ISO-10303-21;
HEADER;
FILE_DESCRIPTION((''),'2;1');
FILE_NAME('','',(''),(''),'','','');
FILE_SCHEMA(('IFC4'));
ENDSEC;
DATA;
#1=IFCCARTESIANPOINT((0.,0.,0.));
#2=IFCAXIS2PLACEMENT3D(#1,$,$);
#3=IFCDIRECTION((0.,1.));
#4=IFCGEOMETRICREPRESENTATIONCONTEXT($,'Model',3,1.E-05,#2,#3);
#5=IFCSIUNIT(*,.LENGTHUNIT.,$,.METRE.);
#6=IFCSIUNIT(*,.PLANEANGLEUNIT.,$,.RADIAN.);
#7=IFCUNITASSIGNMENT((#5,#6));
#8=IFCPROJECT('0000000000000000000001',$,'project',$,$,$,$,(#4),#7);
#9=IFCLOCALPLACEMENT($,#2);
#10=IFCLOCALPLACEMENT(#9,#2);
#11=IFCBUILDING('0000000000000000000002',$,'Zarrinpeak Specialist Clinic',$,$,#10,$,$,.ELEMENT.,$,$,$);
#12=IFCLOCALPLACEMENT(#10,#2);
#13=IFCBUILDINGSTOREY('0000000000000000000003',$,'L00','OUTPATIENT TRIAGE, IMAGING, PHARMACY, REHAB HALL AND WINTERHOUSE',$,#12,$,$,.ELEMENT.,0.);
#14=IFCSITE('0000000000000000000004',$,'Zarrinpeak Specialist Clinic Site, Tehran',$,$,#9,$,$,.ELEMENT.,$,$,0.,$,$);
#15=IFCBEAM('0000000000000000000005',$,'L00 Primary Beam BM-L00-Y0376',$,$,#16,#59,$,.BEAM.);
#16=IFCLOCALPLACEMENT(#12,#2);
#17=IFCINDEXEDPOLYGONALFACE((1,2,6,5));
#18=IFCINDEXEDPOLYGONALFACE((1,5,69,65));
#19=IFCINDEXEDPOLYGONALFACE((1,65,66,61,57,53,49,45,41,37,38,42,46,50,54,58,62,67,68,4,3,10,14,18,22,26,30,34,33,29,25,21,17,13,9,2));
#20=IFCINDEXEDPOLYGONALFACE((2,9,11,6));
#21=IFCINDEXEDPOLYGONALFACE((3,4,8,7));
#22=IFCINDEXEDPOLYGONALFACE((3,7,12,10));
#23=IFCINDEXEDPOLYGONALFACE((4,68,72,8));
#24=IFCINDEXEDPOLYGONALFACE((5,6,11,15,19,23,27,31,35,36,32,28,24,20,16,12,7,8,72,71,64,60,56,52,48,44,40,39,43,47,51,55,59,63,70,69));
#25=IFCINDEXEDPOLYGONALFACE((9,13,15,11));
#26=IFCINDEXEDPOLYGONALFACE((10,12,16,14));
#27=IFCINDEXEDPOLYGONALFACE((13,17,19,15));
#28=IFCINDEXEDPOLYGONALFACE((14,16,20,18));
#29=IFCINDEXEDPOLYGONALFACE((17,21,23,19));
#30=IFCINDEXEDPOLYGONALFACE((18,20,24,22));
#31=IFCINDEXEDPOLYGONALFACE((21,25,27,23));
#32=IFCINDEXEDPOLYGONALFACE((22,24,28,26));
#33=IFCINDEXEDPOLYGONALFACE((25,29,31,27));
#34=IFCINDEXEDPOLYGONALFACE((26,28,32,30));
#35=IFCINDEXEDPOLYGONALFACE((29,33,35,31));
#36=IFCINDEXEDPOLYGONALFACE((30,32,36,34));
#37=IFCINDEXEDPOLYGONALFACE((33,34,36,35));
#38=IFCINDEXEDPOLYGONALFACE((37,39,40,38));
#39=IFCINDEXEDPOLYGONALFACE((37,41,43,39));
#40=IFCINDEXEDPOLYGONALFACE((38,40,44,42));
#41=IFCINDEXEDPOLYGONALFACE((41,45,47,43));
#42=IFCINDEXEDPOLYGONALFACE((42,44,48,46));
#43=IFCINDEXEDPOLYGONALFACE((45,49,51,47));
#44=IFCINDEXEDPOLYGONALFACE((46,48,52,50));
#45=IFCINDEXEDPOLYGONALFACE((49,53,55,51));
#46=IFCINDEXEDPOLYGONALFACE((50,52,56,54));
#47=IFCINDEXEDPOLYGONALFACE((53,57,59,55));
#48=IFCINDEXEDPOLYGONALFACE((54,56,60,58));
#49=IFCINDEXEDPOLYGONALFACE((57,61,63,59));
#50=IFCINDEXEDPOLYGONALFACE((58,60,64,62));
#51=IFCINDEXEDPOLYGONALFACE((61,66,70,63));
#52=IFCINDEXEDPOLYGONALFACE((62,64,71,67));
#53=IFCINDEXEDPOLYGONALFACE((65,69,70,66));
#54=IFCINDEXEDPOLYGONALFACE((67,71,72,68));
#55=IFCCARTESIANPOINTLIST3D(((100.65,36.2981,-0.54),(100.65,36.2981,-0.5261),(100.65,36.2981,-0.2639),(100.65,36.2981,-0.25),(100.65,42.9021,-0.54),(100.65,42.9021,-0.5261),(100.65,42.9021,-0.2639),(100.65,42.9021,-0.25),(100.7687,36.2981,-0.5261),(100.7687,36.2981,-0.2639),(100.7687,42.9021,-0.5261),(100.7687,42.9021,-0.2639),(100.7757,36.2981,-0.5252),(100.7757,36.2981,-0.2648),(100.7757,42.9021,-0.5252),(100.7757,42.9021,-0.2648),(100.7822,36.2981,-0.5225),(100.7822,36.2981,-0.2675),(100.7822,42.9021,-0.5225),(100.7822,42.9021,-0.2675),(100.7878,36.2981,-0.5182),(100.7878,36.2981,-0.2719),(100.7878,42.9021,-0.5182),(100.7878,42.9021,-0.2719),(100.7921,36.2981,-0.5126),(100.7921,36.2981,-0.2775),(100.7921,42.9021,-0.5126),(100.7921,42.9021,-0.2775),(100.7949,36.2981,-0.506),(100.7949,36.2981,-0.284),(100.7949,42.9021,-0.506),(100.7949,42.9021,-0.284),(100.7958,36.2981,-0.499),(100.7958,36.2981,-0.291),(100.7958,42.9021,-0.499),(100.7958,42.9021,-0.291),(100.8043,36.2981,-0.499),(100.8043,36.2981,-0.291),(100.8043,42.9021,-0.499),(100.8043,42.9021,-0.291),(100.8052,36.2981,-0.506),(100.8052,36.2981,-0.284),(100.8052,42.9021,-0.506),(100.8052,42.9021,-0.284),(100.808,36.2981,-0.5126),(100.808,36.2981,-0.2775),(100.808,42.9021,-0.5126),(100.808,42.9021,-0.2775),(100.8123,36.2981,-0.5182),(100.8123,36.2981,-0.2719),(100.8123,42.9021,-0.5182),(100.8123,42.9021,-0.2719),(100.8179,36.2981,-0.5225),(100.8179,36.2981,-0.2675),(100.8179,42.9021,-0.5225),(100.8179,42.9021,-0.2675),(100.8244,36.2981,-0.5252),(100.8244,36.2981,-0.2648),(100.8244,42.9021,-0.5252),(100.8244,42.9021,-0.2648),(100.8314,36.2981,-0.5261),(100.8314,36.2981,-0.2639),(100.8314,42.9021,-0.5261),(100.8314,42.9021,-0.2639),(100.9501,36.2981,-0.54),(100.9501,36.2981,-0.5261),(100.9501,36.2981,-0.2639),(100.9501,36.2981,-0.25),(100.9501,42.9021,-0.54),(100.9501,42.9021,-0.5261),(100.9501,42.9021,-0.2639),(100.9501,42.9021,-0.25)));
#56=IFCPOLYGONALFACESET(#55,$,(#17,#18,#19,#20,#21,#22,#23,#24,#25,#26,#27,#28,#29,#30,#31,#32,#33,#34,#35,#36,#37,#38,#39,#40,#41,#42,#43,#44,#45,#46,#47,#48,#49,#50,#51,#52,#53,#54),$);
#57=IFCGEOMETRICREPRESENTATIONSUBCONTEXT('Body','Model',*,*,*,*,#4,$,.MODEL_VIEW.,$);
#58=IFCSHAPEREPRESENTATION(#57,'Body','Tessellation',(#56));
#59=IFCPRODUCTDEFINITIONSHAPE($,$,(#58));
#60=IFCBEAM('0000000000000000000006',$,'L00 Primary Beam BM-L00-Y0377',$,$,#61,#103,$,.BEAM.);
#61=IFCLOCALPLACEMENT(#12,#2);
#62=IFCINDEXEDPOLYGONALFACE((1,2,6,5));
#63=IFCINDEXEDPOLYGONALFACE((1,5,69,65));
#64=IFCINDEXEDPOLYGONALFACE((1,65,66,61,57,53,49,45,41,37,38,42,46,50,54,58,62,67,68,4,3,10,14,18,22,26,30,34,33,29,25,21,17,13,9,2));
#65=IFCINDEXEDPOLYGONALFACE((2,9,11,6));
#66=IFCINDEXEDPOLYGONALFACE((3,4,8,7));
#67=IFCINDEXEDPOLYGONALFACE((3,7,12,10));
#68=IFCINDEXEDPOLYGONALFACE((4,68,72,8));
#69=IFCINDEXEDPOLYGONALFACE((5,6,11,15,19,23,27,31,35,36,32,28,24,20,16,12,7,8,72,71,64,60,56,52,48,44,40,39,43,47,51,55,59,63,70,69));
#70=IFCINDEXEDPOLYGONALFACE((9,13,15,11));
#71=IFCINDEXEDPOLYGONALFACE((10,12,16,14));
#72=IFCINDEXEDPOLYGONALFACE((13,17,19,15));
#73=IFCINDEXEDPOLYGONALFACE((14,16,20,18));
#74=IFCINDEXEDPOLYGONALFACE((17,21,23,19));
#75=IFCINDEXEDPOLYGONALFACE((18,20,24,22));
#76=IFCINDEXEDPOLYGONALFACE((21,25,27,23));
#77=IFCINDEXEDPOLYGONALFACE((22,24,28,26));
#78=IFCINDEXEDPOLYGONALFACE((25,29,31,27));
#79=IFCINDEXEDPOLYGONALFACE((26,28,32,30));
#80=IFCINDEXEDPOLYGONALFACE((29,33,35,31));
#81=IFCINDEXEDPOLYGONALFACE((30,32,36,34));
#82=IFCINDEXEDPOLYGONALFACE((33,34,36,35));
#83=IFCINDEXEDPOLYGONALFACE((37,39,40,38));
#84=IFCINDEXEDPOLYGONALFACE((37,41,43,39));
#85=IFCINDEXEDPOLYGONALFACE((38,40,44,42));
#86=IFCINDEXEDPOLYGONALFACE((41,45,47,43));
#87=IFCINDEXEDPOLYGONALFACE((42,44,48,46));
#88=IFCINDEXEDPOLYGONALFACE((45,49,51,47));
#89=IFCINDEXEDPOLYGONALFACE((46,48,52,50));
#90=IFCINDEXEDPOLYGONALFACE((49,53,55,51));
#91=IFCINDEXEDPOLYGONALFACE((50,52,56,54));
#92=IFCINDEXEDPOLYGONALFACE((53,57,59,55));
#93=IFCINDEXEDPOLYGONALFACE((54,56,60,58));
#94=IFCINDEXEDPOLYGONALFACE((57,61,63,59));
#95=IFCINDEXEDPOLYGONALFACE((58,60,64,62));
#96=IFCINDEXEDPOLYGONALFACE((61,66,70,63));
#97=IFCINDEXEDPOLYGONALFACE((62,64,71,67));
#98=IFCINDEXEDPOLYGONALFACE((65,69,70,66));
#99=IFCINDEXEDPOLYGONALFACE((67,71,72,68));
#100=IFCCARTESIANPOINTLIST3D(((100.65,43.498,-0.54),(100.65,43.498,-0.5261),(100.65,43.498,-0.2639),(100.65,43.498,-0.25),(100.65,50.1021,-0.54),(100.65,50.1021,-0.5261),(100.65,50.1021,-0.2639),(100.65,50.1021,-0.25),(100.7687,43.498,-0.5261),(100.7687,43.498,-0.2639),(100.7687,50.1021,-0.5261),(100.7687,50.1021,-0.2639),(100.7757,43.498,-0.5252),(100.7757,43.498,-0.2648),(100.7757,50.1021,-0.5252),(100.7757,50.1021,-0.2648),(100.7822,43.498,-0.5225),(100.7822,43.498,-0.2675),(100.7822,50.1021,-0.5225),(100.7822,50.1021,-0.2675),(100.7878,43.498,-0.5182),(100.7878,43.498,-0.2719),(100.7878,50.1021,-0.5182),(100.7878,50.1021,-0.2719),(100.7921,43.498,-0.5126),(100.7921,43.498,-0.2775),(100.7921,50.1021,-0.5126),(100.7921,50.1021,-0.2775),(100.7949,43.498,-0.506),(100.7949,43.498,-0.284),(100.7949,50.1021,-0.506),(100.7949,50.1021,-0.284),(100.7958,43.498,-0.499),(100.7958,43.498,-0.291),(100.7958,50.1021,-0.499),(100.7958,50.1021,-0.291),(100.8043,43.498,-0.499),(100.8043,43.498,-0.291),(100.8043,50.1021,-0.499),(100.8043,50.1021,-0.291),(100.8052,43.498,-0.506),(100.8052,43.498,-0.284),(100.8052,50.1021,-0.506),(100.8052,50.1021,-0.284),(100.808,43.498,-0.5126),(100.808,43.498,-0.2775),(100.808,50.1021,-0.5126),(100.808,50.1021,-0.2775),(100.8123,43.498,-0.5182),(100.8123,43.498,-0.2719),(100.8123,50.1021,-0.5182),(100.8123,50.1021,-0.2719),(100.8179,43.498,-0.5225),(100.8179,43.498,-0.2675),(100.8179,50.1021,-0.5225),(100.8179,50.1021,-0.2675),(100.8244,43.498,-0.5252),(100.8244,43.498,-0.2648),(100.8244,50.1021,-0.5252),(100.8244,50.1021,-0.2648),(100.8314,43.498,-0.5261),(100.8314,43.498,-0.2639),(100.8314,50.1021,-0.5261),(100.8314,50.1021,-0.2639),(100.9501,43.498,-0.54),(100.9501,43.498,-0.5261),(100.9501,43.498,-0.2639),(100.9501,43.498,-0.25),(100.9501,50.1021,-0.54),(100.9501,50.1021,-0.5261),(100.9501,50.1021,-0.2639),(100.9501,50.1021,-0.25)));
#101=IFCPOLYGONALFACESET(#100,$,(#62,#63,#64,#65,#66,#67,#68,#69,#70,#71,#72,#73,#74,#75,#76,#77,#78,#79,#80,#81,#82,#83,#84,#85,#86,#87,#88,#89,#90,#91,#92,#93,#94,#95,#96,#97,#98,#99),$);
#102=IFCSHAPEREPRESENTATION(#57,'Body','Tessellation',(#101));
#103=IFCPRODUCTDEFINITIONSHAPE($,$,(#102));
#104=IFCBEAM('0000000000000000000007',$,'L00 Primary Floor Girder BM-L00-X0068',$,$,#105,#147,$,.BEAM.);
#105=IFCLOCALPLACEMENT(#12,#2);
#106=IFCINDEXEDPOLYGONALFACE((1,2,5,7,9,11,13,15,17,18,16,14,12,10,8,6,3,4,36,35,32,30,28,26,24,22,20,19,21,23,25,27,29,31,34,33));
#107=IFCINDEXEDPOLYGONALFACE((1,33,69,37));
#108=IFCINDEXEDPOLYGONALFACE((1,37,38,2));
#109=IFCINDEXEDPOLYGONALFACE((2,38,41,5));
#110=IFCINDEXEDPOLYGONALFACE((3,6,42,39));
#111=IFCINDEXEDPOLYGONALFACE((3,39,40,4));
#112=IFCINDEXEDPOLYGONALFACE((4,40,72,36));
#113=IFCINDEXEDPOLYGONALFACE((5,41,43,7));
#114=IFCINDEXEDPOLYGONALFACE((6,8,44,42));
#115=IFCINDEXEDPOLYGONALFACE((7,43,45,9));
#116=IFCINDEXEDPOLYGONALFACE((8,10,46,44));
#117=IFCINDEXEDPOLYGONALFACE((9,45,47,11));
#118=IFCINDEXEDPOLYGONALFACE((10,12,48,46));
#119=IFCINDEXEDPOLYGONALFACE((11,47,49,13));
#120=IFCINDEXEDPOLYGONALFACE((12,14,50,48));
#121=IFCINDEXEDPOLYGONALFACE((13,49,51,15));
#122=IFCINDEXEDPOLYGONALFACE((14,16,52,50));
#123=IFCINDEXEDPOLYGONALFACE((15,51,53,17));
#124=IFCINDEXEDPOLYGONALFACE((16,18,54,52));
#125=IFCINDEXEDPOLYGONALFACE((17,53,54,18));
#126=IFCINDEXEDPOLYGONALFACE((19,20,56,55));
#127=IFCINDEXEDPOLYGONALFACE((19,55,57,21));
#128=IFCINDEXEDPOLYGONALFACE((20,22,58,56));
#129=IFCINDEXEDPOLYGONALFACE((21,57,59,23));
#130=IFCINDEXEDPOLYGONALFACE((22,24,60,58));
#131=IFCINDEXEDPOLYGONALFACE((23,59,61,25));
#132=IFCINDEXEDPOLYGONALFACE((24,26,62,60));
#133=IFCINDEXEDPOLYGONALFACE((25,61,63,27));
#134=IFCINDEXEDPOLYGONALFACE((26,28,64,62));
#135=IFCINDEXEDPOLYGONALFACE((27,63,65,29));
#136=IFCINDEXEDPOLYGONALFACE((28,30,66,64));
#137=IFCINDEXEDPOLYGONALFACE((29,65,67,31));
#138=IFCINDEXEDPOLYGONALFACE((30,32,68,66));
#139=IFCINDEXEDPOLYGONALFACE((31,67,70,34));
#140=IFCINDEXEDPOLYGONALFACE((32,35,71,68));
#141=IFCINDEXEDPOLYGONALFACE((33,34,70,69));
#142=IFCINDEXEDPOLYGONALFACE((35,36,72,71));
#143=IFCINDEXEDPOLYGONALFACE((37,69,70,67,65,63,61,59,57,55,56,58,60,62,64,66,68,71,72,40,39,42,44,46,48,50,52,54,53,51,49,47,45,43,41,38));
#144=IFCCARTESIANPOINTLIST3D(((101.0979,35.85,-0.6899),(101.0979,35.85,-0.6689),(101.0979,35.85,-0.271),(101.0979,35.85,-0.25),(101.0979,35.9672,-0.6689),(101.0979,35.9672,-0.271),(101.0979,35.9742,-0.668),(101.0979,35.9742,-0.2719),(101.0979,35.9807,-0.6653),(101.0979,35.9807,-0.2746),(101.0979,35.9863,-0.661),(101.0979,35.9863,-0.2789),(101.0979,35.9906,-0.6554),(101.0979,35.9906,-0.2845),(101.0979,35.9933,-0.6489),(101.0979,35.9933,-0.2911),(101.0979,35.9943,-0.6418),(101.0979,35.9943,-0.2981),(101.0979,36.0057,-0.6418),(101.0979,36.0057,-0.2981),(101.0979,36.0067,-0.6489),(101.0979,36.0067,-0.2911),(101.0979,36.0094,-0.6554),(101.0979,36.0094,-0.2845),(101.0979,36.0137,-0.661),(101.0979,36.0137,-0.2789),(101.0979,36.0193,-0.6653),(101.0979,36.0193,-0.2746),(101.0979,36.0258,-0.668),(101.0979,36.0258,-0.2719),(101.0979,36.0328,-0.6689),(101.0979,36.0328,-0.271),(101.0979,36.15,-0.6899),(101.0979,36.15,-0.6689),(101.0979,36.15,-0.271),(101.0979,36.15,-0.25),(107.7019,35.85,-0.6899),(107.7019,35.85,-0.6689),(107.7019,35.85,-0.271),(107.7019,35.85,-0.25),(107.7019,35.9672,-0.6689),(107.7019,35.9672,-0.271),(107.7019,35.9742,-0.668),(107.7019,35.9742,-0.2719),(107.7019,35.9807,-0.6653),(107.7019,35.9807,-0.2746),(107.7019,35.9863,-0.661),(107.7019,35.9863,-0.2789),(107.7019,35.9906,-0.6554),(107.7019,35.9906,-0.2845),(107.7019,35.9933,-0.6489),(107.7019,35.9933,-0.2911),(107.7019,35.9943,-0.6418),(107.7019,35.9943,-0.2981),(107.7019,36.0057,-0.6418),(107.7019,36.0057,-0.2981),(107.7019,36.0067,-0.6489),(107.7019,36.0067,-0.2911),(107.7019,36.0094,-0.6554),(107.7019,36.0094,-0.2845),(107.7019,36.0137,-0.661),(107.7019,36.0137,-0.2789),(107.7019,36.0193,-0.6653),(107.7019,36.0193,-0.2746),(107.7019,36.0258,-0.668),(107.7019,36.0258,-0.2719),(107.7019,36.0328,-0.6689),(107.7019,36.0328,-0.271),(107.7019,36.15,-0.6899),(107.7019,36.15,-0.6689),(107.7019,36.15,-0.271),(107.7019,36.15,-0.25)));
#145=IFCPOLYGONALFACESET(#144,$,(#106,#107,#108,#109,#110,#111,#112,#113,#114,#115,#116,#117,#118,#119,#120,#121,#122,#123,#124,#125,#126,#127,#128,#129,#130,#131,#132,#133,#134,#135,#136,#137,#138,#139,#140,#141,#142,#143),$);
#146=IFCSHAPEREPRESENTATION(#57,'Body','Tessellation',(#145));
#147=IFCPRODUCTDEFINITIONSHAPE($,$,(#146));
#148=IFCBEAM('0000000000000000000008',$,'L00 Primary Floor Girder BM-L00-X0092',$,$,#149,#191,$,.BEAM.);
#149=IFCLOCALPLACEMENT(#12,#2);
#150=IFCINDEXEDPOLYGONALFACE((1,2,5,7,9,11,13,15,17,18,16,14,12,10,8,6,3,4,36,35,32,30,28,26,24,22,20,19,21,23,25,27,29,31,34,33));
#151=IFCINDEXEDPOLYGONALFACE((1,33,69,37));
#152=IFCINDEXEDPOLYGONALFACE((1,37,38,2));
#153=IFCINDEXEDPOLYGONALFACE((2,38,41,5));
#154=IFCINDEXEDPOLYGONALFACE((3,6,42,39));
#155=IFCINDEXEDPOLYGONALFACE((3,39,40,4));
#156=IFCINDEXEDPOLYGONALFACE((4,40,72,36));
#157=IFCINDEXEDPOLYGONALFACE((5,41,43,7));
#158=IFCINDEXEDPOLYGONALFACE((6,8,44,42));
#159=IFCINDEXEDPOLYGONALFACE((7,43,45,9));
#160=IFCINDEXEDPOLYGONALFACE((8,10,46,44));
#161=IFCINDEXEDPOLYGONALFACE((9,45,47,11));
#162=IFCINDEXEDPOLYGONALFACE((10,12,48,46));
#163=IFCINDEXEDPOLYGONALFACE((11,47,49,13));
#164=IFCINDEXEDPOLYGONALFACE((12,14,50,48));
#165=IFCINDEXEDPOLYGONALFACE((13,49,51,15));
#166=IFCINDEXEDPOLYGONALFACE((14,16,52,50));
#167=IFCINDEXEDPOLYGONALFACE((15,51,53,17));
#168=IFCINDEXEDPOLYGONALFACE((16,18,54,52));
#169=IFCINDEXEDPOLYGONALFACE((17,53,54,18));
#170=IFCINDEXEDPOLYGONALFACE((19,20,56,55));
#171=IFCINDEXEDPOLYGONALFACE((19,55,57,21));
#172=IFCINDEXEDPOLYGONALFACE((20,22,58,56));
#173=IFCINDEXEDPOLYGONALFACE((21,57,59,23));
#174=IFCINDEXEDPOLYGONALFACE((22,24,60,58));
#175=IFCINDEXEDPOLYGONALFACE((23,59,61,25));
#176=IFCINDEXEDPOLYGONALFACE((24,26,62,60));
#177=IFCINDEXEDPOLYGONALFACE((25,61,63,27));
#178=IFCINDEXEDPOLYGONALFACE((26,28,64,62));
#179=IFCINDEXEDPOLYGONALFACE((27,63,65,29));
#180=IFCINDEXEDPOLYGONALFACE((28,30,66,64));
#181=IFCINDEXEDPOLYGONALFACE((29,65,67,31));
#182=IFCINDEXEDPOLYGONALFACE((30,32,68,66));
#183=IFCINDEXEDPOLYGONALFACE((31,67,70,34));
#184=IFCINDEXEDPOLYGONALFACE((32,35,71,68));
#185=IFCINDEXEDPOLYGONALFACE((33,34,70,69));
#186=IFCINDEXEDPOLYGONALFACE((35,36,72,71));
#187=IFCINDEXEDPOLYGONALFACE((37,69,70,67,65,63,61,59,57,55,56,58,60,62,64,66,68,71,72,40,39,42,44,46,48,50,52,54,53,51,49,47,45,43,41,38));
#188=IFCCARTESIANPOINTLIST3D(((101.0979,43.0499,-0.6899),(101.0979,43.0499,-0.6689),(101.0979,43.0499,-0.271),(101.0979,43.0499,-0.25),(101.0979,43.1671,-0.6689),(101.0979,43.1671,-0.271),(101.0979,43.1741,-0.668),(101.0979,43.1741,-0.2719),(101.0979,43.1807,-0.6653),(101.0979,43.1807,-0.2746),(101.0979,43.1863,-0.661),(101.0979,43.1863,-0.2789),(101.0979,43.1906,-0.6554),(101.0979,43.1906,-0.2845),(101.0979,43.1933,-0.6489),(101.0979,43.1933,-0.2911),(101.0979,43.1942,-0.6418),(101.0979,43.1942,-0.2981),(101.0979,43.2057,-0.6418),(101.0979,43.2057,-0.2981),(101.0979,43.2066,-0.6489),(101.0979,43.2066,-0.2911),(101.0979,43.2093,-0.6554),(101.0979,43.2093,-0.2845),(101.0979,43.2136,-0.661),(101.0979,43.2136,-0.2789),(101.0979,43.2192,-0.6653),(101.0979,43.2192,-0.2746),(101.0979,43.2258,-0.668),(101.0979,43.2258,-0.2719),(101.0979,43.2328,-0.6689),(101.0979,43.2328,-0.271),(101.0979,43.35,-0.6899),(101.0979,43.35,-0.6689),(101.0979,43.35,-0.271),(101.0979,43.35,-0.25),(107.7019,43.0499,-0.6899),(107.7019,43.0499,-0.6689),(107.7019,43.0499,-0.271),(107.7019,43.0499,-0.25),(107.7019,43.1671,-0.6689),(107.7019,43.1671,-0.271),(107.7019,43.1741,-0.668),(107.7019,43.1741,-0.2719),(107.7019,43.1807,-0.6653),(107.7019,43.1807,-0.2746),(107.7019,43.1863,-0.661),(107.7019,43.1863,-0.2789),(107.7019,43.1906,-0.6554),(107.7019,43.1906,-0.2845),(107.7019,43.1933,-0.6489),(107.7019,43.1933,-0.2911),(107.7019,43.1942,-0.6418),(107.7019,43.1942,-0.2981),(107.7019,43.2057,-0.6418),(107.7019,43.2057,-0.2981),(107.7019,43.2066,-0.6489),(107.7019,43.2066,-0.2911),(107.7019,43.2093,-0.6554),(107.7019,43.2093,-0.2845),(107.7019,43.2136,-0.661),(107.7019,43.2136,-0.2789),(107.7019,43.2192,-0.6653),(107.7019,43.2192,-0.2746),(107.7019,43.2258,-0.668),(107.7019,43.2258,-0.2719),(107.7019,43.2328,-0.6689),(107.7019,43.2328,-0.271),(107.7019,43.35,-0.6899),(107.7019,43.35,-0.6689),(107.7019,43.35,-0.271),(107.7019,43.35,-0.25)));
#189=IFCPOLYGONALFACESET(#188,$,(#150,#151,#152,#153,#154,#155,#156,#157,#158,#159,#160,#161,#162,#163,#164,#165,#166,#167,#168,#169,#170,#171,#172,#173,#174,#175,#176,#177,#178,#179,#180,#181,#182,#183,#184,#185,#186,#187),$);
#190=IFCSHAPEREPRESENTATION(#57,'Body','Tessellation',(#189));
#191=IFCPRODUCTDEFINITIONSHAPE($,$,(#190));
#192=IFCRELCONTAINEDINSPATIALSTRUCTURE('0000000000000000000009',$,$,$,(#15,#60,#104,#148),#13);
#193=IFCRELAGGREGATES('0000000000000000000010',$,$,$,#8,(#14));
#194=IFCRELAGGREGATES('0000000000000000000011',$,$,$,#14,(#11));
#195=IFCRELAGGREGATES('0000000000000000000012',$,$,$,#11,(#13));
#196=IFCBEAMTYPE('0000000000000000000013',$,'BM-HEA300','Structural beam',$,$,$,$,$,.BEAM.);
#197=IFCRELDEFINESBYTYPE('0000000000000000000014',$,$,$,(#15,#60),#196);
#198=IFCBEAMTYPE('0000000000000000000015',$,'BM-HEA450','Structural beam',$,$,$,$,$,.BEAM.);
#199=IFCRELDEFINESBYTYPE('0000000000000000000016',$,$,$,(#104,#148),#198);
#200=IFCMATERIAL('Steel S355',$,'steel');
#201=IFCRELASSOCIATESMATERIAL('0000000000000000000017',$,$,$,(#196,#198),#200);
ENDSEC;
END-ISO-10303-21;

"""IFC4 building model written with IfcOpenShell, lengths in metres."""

from ifc_helpers import new_model, si_unit, direction, frame, origin, origin_2d, place, context, subcontext, project, spatial, i_section, extrude, material, material_profile, profile_set, type_object, element, save


model = new_model("IFC4")

# Units and contexts
model_context = context("Model", 3, precision=1e-05, world=origin(), true_north=direction((0.0, 1.0)))
body_context = subcontext(model_context, "Body", "Model", "MODEL_VIEW")
ifc_project = project(units=[si_unit("LENGTHUNIT", "METRE"), si_unit("PLANEANGLEUNIT", "RADIAN")], contexts=[model_context])

# Site, building, storey
site_placement = place(None, origin())
site = spatial("IfcSite", under=ifc_project, at=site_placement, Name="Zarrinpeak Specialist Clinic Site, Tehran", CompositionType="ELEMENT", RefElevation=0.0)
building_placement = place(site_placement, origin())
building = spatial("IfcBuilding", under=site, at=building_placement, Name="Zarrinpeak Specialist Clinic", CompositionType="ELEMENT")
storey_placement = place(building_placement, origin())
storey = spatial("IfcBuildingStorey", under=building, at=storey_placement, Name="L00", Description="OUTPATIENT TRIAGE, IMAGING, PHARMACY, REHAB HALL AND WINTERHOUSE", CompositionType="ELEMENT", Elevation=0.0)

# Shared definitions
ifc_material_1 = material(Name="Steel S355", Category="steel")

# Beams
ifc_material_profile_1 = material_profile(ifc_material_1, i_section(OverallWidth=0.3, OverallDepth=0.29, WebThickness=0.0085, FlangeThickness=0.0139, FilletRadius=0.0271, at=origin_2d()), Name="HEA 300")
ifc_profile_set_1 = profile_set([ifc_material_profile_1], Name="Steel S355")
beam_type_1 = type_object("IfcBeamType", Name="BM-HEA300", Description="Structural beam", PredefinedType="BEAM", material=ifc_profile_set_1)
for number, where, z_axis, x_axis, name in (
    (1, (100.8, 36.2981, -0.395), (0.0, 1.0, 0.0), (-1.0, 0.0, 0.0), "L00 Primary Beam BM-L00-Y0376"),
    (2, (100.8, 43.498, -0.395), (0.0, 1.0, 0.0), (-1.0, 0.0, 0.0), "L00 Primary Beam BM-L00-Y0377"),
):
    element("IfcBeam", number, at=place(storey_placement, frame(where, z_axis=z_axis, x_axis=x_axis)), inside=storey, type_object=beam_type_1, Name=name, PredefinedType="BEAM", context=body_context, shape_type="SweptSolid", body=[
        extrude(i_section(OverallWidth=0.3, OverallDepth=0.29, WebThickness=0.0085, FlangeThickness=0.0139, FilletRadius=0.0271, at=origin_2d()), origin(), (0.0, 0.0, 1.0), 6.604),
    ])
ifc_material_profile_2 = material_profile(ifc_material_1, i_section(OverallWidth=0.3, OverallDepth=0.4399, WebThickness=0.0115, FlangeThickness=0.021, FilletRadius=0.0271, at=origin_2d()), Name="HEA 450")
ifc_profile_set_2 = profile_set([ifc_material_profile_2], Name="Steel S355")
beam_type_2 = type_object("IfcBeamType", Name="BM-HEA450", Description="Structural beam", PredefinedType="BEAM", material=ifc_profile_set_2)
for number, where, z_axis, x_axis, name in (
    (3, (101.0979, 36.0, -0.47), (1.0, 0.0, 0.0), (0.0, 1.0, 0.0), "L00 Primary Floor Girder BM-L00-X0068"),
    (4, (101.0979, 43.2, -0.47), (1.0, 0.0, 0.0), (0.0, 1.0, 0.0), "L00 Primary Floor Girder BM-L00-X0092"),
):
    element("IfcBeam", number, at=place(storey_placement, frame(where, z_axis=z_axis, x_axis=x_axis)), inside=storey, type_object=beam_type_2, Name=name, PredefinedType="BEAM", context=body_context, shape_type="SweptSolid", body=[
        extrude(i_section(OverallWidth=0.3, OverallDepth=0.4399, WebThickness=0.0115, FlangeThickness=0.021, FilletRadius=0.0271, at=origin_2d()), origin(), (0.0, 0.0, 1.0), 6.604),
    ])

save(model, "model.ifc")
